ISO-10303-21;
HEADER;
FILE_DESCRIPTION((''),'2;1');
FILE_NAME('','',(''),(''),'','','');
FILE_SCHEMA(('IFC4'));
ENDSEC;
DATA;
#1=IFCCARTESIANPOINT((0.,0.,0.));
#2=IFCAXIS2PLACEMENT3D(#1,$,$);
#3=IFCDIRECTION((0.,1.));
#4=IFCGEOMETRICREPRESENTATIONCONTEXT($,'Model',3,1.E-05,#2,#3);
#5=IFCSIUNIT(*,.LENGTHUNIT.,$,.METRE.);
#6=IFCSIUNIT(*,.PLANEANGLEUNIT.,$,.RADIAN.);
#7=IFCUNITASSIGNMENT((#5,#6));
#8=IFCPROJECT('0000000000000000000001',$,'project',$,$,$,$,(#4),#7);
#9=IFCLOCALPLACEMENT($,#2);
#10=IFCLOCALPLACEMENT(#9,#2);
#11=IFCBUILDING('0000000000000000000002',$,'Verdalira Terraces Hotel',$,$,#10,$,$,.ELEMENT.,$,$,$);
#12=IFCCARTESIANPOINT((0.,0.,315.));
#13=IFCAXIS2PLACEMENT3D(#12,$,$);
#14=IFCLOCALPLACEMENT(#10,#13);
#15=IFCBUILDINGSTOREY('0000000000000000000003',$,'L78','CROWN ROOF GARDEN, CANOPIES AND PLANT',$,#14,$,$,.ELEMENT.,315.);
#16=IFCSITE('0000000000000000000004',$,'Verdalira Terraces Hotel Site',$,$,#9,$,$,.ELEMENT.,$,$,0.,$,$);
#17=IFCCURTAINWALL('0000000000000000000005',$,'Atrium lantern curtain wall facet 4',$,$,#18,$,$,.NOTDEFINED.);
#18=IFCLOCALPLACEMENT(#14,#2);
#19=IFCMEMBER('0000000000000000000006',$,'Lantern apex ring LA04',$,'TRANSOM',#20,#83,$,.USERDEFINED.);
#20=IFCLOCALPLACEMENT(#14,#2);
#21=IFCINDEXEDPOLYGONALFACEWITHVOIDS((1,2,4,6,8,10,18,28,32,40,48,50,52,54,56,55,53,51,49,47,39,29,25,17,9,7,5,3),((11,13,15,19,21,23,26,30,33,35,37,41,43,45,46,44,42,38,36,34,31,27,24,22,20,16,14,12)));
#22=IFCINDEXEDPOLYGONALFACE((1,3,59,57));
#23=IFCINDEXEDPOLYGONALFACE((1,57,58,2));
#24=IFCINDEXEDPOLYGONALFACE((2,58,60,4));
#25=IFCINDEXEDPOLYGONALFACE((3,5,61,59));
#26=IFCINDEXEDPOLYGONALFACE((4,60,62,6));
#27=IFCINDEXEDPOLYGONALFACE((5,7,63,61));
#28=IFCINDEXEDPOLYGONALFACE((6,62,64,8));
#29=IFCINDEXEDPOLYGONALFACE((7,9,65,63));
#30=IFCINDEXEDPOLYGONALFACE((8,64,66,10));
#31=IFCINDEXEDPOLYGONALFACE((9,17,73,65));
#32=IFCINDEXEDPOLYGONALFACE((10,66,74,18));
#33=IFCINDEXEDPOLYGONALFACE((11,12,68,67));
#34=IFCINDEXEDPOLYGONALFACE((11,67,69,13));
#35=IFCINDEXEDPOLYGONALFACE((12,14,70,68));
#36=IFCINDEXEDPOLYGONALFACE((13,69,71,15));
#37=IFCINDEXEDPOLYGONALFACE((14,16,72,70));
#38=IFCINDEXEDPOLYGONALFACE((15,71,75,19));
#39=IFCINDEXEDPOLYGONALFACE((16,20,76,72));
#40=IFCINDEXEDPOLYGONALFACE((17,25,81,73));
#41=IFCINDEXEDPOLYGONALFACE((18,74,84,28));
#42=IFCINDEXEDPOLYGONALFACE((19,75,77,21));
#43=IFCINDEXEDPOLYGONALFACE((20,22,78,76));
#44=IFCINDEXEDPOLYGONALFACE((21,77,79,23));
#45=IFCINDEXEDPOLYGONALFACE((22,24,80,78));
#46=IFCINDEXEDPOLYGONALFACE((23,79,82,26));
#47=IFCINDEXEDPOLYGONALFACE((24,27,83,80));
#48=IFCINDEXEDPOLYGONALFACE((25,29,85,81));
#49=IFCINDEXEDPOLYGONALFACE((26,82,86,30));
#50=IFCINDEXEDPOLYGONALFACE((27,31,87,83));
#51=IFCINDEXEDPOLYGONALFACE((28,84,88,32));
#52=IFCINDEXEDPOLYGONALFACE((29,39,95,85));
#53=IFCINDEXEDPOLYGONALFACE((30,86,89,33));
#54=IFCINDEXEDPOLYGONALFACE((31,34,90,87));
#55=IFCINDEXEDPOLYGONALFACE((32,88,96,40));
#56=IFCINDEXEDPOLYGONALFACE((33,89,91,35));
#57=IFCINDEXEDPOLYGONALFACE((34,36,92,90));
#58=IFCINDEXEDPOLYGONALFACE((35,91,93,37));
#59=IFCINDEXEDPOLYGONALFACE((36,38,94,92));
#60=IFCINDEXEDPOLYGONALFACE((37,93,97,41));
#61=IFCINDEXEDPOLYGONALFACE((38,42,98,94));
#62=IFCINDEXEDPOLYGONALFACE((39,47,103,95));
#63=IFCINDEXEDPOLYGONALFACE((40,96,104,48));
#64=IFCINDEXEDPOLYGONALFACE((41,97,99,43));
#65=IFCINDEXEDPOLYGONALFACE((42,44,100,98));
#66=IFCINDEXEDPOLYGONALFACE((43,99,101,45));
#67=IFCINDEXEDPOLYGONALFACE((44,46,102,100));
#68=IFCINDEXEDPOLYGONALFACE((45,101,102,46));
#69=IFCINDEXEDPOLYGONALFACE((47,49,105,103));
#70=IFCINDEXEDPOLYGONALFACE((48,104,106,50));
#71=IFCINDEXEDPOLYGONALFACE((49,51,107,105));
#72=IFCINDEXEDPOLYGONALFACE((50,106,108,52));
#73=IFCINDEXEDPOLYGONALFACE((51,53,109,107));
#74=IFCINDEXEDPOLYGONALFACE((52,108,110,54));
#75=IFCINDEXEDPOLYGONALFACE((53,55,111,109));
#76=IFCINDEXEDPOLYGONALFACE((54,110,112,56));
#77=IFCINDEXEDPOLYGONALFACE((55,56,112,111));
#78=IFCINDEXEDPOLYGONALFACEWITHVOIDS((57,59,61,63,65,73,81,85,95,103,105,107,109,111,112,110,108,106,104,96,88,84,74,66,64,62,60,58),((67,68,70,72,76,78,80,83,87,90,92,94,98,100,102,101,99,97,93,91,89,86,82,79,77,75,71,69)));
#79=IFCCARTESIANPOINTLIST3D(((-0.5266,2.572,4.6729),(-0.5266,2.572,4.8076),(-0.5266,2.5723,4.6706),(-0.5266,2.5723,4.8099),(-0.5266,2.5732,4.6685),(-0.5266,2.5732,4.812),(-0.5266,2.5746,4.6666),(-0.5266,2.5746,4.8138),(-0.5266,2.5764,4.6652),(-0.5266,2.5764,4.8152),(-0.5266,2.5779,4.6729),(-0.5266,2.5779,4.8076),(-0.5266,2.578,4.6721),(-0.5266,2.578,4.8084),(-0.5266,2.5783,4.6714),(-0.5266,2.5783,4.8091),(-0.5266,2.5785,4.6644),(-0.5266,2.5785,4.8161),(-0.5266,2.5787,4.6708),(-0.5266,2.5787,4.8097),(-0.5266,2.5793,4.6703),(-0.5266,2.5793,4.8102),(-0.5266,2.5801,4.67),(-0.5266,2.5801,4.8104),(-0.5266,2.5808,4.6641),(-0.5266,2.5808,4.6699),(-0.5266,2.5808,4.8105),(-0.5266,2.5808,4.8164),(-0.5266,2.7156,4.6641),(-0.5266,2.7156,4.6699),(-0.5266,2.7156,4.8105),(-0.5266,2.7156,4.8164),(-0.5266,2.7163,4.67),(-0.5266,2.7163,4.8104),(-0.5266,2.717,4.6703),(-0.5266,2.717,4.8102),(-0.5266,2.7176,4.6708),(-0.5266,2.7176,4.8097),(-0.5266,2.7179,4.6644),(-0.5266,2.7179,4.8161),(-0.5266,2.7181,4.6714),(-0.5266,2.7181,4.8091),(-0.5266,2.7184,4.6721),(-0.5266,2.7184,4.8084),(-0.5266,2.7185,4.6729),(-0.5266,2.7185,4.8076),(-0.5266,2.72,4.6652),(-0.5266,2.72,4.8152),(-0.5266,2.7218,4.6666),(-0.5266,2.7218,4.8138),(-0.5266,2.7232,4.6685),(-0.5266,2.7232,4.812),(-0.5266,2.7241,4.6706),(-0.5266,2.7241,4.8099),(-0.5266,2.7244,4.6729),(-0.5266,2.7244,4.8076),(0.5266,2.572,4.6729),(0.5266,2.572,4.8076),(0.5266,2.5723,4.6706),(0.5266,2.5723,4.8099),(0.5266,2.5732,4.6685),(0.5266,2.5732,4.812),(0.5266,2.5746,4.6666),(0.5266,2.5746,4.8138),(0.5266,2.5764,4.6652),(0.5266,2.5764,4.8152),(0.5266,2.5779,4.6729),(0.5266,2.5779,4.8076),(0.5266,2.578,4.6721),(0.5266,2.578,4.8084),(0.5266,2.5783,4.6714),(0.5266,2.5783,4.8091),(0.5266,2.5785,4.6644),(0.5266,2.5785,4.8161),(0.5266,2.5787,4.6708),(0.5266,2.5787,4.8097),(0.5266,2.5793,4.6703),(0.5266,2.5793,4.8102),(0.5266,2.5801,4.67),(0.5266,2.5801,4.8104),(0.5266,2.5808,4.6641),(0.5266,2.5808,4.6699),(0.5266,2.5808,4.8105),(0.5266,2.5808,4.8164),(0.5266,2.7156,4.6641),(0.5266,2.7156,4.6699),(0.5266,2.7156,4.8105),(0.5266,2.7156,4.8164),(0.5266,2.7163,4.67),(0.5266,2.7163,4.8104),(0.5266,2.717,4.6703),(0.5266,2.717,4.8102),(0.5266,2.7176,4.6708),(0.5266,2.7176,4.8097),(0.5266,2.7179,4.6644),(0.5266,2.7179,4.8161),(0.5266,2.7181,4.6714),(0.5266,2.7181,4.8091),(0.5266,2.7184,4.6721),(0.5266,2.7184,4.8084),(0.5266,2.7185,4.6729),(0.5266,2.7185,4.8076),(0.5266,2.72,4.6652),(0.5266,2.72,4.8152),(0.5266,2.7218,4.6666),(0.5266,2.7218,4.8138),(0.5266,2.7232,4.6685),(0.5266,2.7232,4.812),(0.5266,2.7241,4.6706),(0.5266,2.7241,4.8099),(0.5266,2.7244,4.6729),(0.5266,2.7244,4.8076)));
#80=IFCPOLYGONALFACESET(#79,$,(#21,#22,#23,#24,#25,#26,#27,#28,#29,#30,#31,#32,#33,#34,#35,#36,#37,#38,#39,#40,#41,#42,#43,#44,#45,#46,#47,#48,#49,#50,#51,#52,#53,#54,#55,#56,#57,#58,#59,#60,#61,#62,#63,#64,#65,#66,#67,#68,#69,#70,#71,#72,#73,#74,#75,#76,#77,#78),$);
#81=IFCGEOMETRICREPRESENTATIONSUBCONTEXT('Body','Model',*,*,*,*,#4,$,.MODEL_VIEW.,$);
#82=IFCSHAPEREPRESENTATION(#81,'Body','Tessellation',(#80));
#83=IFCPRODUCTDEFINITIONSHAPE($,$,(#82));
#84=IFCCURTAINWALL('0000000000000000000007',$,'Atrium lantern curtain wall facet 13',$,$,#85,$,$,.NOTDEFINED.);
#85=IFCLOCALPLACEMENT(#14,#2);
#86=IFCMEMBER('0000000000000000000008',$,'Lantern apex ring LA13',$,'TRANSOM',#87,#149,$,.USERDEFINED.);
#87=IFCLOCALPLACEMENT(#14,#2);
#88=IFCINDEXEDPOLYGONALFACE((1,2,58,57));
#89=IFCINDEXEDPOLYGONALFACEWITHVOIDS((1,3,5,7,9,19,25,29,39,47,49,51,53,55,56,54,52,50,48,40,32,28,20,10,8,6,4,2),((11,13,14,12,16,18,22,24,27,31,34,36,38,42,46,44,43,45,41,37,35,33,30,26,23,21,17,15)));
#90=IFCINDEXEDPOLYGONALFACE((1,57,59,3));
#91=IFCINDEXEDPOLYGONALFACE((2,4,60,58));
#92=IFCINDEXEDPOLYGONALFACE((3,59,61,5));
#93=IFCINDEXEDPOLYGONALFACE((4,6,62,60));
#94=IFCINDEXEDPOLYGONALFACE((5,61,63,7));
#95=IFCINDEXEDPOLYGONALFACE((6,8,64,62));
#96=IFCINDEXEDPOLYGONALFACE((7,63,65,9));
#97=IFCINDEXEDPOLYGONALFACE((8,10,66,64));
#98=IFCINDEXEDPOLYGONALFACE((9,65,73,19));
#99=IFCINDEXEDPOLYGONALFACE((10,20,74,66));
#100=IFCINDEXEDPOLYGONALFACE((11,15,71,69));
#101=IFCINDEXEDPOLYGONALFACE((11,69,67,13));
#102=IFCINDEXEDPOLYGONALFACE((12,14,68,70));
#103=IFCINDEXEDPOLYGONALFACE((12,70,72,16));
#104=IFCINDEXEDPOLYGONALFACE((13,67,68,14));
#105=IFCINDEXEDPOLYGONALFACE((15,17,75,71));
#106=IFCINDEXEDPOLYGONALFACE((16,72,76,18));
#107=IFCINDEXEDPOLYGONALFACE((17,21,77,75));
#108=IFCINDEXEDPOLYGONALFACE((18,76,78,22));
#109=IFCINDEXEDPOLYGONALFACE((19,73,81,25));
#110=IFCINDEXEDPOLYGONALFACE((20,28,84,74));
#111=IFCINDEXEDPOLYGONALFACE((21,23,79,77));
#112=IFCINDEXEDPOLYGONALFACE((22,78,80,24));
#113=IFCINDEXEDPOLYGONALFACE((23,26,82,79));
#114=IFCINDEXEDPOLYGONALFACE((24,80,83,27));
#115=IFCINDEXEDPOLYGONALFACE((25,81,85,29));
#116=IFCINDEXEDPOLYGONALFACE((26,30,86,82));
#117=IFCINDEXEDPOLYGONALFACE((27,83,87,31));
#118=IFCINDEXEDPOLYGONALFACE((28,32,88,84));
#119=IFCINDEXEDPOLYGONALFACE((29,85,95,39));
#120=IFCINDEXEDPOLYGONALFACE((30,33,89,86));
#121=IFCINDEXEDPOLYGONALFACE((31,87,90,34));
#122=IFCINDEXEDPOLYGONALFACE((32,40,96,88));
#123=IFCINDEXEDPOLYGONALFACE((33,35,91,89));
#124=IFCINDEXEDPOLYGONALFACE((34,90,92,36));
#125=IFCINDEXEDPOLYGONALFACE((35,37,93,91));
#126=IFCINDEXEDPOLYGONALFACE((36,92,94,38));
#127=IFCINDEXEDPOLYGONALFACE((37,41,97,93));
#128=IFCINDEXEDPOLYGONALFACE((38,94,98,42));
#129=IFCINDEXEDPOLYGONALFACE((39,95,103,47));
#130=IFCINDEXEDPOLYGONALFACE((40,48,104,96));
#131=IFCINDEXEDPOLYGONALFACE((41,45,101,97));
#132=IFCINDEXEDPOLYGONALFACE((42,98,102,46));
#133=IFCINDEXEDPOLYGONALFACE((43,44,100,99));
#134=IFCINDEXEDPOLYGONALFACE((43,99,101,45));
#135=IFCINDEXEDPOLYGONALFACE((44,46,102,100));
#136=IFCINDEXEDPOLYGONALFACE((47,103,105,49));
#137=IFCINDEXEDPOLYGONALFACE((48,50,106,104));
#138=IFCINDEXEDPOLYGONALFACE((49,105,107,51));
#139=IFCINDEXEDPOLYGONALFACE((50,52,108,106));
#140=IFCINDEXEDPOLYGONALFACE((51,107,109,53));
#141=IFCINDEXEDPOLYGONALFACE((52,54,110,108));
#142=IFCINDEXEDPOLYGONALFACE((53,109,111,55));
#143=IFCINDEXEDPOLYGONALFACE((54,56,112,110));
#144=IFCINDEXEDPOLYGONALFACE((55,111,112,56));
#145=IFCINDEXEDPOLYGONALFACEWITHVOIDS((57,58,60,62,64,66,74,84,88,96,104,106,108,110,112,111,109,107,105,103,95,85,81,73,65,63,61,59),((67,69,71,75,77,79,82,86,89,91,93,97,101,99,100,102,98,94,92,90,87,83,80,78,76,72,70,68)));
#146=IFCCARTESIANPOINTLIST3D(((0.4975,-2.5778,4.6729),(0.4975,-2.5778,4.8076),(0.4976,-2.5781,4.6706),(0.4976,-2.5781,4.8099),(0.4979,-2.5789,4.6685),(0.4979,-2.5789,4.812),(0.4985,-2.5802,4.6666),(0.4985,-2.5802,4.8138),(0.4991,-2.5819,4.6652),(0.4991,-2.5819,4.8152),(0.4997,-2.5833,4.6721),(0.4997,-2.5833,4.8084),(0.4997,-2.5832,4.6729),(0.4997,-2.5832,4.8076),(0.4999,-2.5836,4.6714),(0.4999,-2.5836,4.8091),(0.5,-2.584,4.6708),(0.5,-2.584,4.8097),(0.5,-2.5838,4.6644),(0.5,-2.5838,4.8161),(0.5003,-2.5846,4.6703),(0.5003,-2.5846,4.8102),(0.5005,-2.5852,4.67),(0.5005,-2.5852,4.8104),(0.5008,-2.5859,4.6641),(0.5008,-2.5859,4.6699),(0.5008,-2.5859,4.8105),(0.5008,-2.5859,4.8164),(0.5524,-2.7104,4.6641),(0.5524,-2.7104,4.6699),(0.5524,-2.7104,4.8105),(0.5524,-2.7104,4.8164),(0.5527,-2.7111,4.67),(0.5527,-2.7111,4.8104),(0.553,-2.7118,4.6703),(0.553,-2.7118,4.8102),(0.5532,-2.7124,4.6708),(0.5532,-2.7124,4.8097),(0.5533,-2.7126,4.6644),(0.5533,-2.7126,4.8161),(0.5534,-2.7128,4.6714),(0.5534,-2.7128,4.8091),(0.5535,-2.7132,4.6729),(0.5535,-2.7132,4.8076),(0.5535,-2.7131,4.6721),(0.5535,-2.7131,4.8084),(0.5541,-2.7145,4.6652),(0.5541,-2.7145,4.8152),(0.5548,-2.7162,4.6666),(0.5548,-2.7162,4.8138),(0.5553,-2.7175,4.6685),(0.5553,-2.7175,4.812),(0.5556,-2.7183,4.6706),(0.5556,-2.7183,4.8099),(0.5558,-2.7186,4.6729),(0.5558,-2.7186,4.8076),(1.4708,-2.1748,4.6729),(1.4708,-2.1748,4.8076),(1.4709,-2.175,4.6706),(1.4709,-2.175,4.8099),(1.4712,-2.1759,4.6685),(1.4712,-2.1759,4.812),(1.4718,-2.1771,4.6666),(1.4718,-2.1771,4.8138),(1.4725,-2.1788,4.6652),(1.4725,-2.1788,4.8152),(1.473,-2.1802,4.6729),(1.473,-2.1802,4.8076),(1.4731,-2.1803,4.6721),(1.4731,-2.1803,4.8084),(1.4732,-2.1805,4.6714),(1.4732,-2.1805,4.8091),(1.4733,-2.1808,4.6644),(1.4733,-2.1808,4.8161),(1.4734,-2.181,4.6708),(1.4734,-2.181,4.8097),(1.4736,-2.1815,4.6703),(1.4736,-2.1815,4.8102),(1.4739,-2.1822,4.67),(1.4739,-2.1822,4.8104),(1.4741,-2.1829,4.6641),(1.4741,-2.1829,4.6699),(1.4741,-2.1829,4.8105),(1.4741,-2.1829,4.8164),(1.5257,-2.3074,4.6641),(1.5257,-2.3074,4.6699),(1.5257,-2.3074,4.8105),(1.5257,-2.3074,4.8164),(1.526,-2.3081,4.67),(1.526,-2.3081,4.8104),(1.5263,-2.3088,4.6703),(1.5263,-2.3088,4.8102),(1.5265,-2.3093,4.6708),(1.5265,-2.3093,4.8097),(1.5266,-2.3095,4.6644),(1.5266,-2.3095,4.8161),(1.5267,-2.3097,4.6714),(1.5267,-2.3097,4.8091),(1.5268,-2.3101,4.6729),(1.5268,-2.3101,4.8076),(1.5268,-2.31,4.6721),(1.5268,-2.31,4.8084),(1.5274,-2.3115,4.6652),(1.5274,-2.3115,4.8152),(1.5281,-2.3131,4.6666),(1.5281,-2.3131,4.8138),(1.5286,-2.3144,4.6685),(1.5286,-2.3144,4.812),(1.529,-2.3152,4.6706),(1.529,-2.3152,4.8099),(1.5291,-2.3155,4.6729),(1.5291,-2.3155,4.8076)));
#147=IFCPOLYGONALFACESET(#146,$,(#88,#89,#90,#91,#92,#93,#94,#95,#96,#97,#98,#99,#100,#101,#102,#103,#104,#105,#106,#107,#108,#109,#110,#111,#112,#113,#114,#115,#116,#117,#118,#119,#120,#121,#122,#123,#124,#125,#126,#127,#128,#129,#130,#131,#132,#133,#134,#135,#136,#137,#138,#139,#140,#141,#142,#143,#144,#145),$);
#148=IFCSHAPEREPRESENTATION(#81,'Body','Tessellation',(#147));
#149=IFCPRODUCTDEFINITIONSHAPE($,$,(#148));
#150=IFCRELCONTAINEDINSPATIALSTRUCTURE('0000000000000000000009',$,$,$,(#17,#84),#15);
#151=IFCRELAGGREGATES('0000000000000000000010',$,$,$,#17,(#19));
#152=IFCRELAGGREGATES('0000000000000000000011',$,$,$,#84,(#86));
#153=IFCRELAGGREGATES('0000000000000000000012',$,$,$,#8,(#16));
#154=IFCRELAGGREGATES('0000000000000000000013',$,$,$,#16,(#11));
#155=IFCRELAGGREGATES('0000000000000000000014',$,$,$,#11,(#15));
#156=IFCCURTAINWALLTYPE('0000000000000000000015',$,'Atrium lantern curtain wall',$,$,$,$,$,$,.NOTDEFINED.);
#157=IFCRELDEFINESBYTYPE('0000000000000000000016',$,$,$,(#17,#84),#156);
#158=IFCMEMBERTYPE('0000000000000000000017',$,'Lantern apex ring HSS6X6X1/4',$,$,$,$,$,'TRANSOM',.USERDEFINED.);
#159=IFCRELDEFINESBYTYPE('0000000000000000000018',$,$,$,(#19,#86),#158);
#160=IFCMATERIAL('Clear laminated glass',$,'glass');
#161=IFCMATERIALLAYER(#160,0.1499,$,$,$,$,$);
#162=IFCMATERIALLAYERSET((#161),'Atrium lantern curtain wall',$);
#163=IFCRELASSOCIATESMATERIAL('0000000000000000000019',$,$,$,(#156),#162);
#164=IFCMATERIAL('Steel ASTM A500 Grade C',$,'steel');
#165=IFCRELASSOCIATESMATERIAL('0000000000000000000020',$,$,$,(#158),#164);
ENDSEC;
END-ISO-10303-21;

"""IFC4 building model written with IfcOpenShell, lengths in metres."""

from ifc_helpers import new_model, si_unit, direction, frame, origin, origin_2d, place, context, subcontext, project, spatial, hollow_rectangle, extrude, material, layer, layer_set, material_profile, profile_set, type_object, element, aggregate, save


model = new_model("IFC4")

# Units and contexts
model_context = context("Model", 3, precision=1e-05, world=origin(), true_north=direction((0.0, 1.0)))
body_context = subcontext(model_context, "Body", "Model", "MODEL_VIEW")
ifc_project = project(units=[si_unit("LENGTHUNIT", "METRE"), si_unit("PLANEANGLEUNIT", "RADIAN")], contexts=[model_context])

# Site, building, storey
site_placement = place(None, origin())
site = spatial("IfcSite", under=ifc_project, at=site_placement, Name="Verdalira Terraces Hotel Site", CompositionType="ELEMENT", RefElevation=0.0)
building_placement = place(site_placement, origin())
building = spatial("IfcBuilding", under=site, at=building_placement, Name="Verdalira Terraces Hotel", CompositionType="ELEMENT")
storey_placement = place(building_placement, frame((0.0, 0.0, 315.0)))
storey = spatial("IfcBuildingStorey", under=building, at=storey_placement, Name="L78", Description="CROWN ROOF GARDEN, CANOPIES AND PLANT", CompositionType="ELEMENT", Elevation=315.0)

# Curtain walls, members
ifc_material_1 = material(Name="Clear laminated glass", Category="glass")
ifc_layer_1 = layer(ifc_material_1, 0.1499)
ifc_layer_set_1 = layer_set([ifc_layer_1], Name="Atrium lantern curtain wall")
curtain_wall_type = type_object("IfcCurtainWallType", Name="Atrium lantern curtain wall", PredefinedType="NOTDEFINED", material=ifc_layer_set_1)
curtain_wall_1_placement = place(storey_placement, origin())
curtain_wall_1 = element("IfcCurtainWall", 1, at=curtain_wall_1_placement, inside=storey, type_object=curtain_wall_type, Name="Atrium lantern curtain wall facet 4", PredefinedType="NOTDEFINED")
ifc_material_2 = material(Name="Steel ASTM A500 Grade C", Category="steel")
ifc_material_profile = material_profile(ifc_material_2, hollow_rectangle(XDim=0.1523, YDim=0.1523, WallThickness=0.0059, InnerFilletRadius=0.0029, OuterFilletRadius=0.0088, at=origin_2d()), Name="HSS6X6X1/4")
ifc_profile_set = profile_set([ifc_material_profile], Name="Steel ASTM A500 Grade C")
member_type = type_object("IfcMemberType", Name="Lantern apex ring HSS6X6X1/4", ElementType="TRANSOM", PredefinedType="USERDEFINED", material=ifc_profile_set)
member_1_placement = place(storey_placement, frame((0.5266, 2.6482, 4.7402), z_axis=(-1.0, 0.0, 0.0), x_axis=(0.0, -1.0, 0.0)))
member_1 = element("IfcMember", 2, at=member_1_placement, type_object=member_type, Name="Lantern apex ring LA04", ObjectType="TRANSOM", PredefinedType="USERDEFINED", context=body_context, shape_type="SweptSolid", body=[
    extrude(hollow_rectangle(XDim=0.1523, YDim=0.1523, WallThickness=0.0059, InnerFilletRadius=0.0029, OuterFilletRadius=0.0088, at=origin_2d()), origin(), (0.0, 0.0, 1.0), 1.0532),
])
aggregate(curtain_wall_1, [member_1])
curtain_wall_2_placement = place(storey_placement, origin())
curtain_wall_2 = element("IfcCurtainWall", 3, at=curtain_wall_2_placement, inside=storey, type_object=curtain_wall_type, Name="Atrium lantern curtain wall facet 13", PredefinedType="NOTDEFINED")
member_2_placement = place(storey_placement, frame((0.5266, -2.6482, 4.7402), z_axis=(0.923918, 0.382591, 0.0), x_axis=(-0.382591, 0.923918, 0.0)))
member_2 = element("IfcMember", 4, at=member_2_placement, type_object=member_type, Name="Lantern apex ring LA13", ObjectType="TRANSOM", PredefinedType="USERDEFINED", context=body_context, shape_type="SweptSolid", body=[
    extrude(hollow_rectangle(XDim=0.1523, YDim=0.1523, WallThickness=0.0059, InnerFilletRadius=0.0029, OuterFilletRadius=0.0088, at=origin_2d()), origin(), (0.0, 0.0, 1.0), 1.0535),
])
aggregate(curtain_wall_2, [member_2])

save(model, "model.ifc")
